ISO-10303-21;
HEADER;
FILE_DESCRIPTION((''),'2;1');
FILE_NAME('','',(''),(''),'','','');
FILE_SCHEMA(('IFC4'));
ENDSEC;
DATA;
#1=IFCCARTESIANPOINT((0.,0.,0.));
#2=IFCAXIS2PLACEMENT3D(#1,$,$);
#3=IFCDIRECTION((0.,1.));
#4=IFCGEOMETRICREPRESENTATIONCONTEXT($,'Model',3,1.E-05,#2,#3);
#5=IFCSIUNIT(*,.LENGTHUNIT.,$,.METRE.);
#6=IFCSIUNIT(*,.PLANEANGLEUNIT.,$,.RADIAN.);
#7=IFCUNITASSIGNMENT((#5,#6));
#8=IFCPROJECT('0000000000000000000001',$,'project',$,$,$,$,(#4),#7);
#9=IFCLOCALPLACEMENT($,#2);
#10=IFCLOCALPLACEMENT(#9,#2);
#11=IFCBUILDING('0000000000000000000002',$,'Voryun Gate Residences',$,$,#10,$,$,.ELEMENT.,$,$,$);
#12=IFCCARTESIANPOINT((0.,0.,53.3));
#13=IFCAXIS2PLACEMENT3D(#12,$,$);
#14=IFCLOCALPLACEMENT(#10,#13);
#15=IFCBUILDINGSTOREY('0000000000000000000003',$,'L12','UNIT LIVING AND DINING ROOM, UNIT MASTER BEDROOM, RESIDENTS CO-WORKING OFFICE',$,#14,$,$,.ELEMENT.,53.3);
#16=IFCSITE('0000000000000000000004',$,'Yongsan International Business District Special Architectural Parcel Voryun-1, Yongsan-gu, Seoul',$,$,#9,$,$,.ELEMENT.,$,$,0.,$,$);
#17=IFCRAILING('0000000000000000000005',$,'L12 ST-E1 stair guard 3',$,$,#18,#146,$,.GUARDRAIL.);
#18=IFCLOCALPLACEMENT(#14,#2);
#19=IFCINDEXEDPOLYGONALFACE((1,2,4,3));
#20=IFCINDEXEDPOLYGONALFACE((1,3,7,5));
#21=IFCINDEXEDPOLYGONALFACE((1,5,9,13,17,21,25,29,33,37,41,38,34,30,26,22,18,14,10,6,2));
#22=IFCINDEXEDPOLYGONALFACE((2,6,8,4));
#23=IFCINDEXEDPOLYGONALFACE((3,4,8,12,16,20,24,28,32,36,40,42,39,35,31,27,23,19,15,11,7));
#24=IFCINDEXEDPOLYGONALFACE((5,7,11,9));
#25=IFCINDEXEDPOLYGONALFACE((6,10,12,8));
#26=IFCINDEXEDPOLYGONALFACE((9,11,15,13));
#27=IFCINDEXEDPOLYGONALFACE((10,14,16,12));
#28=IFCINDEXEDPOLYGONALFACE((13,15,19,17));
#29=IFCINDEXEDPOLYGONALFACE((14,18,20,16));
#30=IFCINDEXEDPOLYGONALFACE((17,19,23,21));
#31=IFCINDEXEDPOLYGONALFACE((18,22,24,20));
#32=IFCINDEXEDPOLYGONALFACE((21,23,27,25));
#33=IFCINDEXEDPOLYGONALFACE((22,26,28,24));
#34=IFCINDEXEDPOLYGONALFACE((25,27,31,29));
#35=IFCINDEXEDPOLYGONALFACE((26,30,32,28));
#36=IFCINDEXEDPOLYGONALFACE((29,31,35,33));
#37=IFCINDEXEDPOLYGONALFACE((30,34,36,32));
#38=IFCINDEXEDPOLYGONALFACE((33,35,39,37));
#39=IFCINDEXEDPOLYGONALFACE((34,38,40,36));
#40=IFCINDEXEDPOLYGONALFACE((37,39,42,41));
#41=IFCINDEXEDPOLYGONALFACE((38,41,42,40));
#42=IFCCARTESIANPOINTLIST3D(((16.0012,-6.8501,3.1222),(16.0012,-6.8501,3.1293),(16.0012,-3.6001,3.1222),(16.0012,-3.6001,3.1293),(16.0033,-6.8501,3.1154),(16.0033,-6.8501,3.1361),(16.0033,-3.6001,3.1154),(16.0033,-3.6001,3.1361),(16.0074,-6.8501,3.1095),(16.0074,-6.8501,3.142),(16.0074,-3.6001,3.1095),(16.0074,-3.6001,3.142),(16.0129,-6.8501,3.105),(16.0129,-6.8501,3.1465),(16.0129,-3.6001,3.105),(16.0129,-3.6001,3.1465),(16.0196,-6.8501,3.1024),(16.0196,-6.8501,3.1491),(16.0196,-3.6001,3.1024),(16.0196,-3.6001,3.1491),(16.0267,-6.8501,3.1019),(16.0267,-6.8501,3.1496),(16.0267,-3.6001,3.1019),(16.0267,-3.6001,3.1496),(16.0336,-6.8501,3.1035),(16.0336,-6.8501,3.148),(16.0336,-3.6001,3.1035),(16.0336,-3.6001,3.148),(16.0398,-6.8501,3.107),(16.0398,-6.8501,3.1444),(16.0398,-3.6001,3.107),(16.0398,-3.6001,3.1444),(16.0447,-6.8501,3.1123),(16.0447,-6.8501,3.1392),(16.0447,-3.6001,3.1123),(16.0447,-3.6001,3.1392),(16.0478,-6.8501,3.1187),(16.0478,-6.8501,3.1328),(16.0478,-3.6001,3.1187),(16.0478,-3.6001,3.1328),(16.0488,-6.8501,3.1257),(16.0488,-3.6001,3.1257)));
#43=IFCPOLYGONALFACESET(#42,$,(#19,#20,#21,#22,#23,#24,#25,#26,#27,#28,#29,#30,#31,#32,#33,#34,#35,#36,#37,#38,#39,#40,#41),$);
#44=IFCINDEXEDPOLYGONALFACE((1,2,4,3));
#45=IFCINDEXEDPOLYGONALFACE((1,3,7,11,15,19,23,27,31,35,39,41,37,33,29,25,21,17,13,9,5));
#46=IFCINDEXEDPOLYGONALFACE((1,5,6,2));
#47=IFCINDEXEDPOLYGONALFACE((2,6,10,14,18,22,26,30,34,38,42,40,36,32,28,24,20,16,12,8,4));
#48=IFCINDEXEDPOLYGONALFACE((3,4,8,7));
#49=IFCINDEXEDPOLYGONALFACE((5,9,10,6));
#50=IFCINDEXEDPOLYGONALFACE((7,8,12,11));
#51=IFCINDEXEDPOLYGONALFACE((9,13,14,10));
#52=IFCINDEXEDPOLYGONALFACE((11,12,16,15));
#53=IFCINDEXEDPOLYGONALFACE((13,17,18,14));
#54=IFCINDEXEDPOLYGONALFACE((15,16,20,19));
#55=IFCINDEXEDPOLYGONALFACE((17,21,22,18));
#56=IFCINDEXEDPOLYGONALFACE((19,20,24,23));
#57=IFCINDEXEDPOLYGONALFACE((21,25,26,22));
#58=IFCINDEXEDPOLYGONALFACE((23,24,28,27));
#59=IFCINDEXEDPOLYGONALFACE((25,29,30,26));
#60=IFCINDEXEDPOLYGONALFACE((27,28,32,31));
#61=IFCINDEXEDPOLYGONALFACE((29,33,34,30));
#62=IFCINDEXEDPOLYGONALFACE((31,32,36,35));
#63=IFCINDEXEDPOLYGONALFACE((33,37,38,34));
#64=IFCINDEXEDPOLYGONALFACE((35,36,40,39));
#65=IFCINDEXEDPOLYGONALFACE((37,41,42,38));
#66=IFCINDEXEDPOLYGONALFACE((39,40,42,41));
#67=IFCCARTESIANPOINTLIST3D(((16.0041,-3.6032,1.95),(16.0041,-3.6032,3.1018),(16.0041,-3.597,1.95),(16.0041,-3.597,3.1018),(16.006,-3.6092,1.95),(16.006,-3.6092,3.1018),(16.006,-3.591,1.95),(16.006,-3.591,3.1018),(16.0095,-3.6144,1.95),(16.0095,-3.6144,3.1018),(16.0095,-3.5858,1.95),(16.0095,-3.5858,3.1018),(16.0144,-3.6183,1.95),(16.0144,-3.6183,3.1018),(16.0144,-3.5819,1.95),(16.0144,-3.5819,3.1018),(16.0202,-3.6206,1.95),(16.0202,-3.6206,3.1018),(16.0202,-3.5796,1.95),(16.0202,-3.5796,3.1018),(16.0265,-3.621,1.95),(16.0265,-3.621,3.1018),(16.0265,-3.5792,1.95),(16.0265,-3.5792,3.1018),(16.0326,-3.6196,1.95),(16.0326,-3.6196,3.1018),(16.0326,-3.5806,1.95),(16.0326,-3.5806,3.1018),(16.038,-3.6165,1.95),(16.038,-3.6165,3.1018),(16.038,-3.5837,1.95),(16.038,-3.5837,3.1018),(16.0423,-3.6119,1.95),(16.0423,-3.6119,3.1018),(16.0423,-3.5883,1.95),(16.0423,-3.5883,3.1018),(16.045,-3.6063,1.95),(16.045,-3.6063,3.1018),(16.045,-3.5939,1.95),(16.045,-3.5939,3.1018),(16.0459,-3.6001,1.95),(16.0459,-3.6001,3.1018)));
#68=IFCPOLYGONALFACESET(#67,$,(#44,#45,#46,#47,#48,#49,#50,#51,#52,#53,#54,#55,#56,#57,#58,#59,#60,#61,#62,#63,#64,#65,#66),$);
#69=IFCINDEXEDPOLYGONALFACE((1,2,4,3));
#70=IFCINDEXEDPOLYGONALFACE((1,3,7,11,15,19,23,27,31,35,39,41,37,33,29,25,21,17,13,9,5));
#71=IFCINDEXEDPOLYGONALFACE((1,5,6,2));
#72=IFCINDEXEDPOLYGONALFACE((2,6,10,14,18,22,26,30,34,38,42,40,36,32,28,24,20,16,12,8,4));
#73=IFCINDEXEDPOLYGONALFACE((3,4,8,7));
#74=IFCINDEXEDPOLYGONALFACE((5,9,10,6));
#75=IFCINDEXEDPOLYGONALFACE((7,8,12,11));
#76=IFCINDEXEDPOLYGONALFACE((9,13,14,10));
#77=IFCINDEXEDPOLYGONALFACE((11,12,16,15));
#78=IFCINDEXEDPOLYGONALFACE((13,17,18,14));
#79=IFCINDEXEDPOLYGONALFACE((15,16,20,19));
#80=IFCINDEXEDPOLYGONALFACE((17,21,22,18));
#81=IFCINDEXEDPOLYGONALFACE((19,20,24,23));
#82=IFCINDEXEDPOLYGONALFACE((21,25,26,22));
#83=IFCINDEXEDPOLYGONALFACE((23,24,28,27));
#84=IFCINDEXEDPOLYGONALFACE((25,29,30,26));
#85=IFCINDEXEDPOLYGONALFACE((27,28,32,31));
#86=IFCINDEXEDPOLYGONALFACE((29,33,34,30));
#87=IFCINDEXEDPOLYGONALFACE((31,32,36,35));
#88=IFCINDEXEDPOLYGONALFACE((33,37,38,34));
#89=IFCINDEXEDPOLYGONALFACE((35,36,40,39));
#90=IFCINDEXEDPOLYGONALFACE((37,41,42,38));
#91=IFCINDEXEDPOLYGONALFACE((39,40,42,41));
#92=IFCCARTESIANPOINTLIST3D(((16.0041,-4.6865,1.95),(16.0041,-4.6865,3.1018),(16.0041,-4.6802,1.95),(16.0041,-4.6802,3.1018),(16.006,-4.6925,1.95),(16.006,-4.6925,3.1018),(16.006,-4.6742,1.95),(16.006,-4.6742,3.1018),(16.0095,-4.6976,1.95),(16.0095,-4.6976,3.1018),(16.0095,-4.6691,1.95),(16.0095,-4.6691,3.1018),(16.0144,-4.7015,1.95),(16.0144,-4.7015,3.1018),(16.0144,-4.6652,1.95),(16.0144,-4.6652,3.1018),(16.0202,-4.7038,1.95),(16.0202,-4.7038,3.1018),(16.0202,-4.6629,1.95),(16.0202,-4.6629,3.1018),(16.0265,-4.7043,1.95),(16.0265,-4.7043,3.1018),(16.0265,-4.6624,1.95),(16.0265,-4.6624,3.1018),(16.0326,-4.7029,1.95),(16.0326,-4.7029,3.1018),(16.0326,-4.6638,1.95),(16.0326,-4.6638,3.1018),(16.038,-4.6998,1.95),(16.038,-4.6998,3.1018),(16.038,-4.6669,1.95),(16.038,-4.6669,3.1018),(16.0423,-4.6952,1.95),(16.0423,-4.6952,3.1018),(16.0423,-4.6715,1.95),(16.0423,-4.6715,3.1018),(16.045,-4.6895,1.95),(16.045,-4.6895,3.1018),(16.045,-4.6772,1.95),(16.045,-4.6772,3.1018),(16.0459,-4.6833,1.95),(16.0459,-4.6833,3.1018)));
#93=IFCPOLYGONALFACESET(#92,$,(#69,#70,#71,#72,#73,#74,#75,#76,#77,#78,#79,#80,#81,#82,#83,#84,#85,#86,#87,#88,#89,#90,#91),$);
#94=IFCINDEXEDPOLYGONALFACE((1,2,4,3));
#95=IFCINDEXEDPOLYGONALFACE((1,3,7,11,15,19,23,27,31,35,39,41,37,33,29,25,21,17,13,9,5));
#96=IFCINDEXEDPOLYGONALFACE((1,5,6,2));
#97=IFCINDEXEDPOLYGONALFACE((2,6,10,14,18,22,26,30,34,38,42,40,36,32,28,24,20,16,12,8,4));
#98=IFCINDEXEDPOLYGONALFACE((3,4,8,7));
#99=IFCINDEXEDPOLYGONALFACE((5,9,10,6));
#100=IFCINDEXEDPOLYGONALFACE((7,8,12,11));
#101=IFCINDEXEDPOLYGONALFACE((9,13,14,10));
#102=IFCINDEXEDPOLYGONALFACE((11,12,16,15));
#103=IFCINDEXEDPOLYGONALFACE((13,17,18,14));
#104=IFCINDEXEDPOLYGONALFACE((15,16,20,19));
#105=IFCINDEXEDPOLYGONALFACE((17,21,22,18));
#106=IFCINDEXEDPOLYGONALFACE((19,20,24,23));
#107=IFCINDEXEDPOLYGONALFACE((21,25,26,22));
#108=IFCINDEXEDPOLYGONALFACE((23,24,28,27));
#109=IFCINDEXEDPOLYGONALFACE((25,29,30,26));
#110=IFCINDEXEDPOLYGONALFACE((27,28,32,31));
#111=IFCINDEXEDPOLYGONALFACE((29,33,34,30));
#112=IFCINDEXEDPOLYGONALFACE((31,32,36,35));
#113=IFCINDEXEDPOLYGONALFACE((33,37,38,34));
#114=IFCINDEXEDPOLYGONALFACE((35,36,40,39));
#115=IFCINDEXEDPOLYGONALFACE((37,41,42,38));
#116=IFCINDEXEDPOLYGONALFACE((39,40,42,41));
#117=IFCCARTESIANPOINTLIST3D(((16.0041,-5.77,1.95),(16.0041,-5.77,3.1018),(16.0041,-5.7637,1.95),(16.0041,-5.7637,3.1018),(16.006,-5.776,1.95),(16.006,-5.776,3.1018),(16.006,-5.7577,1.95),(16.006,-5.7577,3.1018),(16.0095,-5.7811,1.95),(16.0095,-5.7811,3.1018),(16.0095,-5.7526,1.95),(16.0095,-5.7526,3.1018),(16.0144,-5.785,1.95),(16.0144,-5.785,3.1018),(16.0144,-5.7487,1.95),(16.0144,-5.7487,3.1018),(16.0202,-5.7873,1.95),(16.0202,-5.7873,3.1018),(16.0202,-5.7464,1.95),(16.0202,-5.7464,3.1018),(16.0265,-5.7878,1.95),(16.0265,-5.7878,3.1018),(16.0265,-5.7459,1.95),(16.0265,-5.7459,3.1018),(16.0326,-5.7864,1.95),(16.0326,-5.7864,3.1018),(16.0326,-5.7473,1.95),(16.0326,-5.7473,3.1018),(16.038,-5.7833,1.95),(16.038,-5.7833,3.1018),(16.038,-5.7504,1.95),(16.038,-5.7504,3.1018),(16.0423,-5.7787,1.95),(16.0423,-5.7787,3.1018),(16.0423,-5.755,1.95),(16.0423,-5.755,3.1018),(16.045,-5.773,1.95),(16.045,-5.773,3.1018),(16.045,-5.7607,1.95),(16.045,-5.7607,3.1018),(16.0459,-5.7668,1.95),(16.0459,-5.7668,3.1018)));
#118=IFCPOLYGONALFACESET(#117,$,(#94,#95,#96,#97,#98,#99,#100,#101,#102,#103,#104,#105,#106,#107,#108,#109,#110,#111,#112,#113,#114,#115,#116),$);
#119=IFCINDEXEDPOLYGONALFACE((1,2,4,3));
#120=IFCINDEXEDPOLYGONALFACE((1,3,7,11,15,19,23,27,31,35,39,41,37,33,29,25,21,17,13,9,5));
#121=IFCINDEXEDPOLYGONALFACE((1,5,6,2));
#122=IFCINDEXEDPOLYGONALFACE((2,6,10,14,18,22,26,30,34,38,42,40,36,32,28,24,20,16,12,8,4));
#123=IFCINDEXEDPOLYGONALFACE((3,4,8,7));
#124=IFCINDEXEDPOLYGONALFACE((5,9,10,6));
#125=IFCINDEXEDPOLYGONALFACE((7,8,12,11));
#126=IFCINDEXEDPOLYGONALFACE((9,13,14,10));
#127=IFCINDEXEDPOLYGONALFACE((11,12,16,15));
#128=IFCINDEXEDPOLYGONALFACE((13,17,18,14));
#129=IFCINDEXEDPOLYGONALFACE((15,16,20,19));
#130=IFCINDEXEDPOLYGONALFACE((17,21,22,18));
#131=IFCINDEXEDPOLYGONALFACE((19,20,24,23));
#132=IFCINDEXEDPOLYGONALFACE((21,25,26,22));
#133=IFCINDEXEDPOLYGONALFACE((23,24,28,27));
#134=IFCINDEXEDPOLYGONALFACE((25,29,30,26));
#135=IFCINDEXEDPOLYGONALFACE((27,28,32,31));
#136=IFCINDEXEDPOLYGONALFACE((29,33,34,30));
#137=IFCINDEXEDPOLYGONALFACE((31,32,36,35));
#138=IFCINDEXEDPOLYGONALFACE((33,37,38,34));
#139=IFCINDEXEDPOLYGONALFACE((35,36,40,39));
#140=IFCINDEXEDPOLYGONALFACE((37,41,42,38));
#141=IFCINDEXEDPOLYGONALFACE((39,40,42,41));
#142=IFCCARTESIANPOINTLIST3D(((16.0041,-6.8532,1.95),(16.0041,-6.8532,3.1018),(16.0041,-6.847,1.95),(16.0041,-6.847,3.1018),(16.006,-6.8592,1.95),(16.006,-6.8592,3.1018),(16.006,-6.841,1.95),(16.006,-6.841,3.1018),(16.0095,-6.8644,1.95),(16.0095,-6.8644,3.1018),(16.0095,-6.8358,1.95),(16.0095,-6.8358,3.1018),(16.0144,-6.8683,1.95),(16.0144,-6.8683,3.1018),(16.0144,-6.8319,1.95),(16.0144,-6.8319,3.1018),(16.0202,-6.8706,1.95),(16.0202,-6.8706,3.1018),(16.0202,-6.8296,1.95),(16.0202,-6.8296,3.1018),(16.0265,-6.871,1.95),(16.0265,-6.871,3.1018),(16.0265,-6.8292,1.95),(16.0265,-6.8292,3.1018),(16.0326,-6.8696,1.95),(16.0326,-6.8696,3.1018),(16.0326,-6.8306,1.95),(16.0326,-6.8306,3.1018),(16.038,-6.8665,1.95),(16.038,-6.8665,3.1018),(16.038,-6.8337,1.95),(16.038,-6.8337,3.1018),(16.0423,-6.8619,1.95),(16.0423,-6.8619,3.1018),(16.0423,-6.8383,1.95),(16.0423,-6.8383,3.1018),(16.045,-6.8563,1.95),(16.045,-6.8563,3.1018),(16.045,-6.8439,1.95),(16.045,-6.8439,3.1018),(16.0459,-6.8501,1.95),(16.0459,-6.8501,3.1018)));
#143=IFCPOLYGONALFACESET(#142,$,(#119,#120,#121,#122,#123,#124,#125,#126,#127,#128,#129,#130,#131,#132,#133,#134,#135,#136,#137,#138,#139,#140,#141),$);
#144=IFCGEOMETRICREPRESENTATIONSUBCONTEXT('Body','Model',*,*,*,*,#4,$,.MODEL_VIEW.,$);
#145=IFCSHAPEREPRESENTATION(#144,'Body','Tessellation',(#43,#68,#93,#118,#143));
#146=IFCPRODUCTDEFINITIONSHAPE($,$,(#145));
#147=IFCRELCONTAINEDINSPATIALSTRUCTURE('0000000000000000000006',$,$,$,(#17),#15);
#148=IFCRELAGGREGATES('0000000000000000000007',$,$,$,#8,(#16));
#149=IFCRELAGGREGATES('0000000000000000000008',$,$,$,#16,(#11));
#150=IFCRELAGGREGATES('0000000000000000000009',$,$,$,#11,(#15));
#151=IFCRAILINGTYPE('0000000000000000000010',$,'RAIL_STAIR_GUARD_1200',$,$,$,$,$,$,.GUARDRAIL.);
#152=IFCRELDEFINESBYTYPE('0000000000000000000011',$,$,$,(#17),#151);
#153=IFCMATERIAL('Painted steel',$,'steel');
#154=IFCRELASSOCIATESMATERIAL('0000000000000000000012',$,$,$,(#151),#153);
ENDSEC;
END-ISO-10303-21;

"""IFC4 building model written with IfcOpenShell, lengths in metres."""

from ifc_helpers import new_model, si_unit, direction, frame, origin, origin_2d, place, context, subcontext, project, spatial, circle, extrude, material, type_object, element, save


model = new_model("IFC4")

# Units and contexts
model_context = context("Model", 3, precision=1e-05, world=origin(), true_north=direction((0.0, 1.0)))
body_context = subcontext(model_context, "Body", "Model", "MODEL_VIEW")
ifc_project = project(units=[si_unit("LENGTHUNIT", "METRE"), si_unit("PLANEANGLEUNIT", "RADIAN")], contexts=[model_context])

# Site, building, storey
site_placement = place(None, origin())
site = spatial("IfcSite", under=ifc_project, at=site_placement, Name="Yongsan International Business District Special Architectural Parcel Voryun-1, Yongsan-gu, Seoul", CompositionType="ELEMENT", RefElevation=0.0)
building_placement = place(site_placement, origin())
building = spatial("IfcBuilding", under=site, at=building_placement, Name="Voryun Gate Residences", CompositionType="ELEMENT")
storey_placement = place(building_placement, frame((0.0, 0.0, 53.3)))
storey = spatial("IfcBuildingStorey", under=building, at=storey_placement, Name="L12", Description="UNIT LIVING AND DINING ROOM, UNIT MASTER BEDROOM, RESIDENTS CO-WORKING OFFICE", CompositionType="ELEMENT", Elevation=53.3)

# Railing
ifc_material_1 = material(Name="Painted steel", Category="steel")
railing_type_1 = type_object("IfcRailingType", Name="RAIL_STAIR_GUARD_1200", PredefinedType="GUARDRAIL", material=ifc_material_1)
for number, where, name in (
    (1, (16.0249, -3.6001, 1.95), "L12 ST-E1 stair guard 3"),
):
    element("IfcRailing", number, at=place(storey_placement, frame(where)), inside=storey, type_object=railing_type_1, Name=name, PredefinedType="GUARDRAIL", context=body_context, shape_type="SweptSolid", body=[
        extrude(circle(Radius=0.0239, at=origin_2d()), frame((0.0, 0.0, 1.1758), z_axis=(0.0, -1.0, 0.0), x_axis=(1.0, 0.0, 0.0)), (0.0, 0.0, 1.0), 3.25),
        extrude(circle(Radius=0.021, at=origin_2d()), origin(), (0.0, 0.0, 1.0), 1.1519),
        extrude(circle(Radius=0.021, at=origin_2d()), frame((0.0, -1.0833, 0.0)), (0.0, 0.0, 1.0), 1.1519),
        extrude(circle(Radius=0.021, at=origin_2d()), frame((0.0, -2.1667, 0.0)), (0.0, 0.0, 1.0), 1.1519),
        extrude(circle(Radius=0.021, at=origin_2d()), frame((0.0, -3.25, 0.0)), (0.0, 0.0, 1.0), 1.1519),
    ])

save(model, "model.ifc")
